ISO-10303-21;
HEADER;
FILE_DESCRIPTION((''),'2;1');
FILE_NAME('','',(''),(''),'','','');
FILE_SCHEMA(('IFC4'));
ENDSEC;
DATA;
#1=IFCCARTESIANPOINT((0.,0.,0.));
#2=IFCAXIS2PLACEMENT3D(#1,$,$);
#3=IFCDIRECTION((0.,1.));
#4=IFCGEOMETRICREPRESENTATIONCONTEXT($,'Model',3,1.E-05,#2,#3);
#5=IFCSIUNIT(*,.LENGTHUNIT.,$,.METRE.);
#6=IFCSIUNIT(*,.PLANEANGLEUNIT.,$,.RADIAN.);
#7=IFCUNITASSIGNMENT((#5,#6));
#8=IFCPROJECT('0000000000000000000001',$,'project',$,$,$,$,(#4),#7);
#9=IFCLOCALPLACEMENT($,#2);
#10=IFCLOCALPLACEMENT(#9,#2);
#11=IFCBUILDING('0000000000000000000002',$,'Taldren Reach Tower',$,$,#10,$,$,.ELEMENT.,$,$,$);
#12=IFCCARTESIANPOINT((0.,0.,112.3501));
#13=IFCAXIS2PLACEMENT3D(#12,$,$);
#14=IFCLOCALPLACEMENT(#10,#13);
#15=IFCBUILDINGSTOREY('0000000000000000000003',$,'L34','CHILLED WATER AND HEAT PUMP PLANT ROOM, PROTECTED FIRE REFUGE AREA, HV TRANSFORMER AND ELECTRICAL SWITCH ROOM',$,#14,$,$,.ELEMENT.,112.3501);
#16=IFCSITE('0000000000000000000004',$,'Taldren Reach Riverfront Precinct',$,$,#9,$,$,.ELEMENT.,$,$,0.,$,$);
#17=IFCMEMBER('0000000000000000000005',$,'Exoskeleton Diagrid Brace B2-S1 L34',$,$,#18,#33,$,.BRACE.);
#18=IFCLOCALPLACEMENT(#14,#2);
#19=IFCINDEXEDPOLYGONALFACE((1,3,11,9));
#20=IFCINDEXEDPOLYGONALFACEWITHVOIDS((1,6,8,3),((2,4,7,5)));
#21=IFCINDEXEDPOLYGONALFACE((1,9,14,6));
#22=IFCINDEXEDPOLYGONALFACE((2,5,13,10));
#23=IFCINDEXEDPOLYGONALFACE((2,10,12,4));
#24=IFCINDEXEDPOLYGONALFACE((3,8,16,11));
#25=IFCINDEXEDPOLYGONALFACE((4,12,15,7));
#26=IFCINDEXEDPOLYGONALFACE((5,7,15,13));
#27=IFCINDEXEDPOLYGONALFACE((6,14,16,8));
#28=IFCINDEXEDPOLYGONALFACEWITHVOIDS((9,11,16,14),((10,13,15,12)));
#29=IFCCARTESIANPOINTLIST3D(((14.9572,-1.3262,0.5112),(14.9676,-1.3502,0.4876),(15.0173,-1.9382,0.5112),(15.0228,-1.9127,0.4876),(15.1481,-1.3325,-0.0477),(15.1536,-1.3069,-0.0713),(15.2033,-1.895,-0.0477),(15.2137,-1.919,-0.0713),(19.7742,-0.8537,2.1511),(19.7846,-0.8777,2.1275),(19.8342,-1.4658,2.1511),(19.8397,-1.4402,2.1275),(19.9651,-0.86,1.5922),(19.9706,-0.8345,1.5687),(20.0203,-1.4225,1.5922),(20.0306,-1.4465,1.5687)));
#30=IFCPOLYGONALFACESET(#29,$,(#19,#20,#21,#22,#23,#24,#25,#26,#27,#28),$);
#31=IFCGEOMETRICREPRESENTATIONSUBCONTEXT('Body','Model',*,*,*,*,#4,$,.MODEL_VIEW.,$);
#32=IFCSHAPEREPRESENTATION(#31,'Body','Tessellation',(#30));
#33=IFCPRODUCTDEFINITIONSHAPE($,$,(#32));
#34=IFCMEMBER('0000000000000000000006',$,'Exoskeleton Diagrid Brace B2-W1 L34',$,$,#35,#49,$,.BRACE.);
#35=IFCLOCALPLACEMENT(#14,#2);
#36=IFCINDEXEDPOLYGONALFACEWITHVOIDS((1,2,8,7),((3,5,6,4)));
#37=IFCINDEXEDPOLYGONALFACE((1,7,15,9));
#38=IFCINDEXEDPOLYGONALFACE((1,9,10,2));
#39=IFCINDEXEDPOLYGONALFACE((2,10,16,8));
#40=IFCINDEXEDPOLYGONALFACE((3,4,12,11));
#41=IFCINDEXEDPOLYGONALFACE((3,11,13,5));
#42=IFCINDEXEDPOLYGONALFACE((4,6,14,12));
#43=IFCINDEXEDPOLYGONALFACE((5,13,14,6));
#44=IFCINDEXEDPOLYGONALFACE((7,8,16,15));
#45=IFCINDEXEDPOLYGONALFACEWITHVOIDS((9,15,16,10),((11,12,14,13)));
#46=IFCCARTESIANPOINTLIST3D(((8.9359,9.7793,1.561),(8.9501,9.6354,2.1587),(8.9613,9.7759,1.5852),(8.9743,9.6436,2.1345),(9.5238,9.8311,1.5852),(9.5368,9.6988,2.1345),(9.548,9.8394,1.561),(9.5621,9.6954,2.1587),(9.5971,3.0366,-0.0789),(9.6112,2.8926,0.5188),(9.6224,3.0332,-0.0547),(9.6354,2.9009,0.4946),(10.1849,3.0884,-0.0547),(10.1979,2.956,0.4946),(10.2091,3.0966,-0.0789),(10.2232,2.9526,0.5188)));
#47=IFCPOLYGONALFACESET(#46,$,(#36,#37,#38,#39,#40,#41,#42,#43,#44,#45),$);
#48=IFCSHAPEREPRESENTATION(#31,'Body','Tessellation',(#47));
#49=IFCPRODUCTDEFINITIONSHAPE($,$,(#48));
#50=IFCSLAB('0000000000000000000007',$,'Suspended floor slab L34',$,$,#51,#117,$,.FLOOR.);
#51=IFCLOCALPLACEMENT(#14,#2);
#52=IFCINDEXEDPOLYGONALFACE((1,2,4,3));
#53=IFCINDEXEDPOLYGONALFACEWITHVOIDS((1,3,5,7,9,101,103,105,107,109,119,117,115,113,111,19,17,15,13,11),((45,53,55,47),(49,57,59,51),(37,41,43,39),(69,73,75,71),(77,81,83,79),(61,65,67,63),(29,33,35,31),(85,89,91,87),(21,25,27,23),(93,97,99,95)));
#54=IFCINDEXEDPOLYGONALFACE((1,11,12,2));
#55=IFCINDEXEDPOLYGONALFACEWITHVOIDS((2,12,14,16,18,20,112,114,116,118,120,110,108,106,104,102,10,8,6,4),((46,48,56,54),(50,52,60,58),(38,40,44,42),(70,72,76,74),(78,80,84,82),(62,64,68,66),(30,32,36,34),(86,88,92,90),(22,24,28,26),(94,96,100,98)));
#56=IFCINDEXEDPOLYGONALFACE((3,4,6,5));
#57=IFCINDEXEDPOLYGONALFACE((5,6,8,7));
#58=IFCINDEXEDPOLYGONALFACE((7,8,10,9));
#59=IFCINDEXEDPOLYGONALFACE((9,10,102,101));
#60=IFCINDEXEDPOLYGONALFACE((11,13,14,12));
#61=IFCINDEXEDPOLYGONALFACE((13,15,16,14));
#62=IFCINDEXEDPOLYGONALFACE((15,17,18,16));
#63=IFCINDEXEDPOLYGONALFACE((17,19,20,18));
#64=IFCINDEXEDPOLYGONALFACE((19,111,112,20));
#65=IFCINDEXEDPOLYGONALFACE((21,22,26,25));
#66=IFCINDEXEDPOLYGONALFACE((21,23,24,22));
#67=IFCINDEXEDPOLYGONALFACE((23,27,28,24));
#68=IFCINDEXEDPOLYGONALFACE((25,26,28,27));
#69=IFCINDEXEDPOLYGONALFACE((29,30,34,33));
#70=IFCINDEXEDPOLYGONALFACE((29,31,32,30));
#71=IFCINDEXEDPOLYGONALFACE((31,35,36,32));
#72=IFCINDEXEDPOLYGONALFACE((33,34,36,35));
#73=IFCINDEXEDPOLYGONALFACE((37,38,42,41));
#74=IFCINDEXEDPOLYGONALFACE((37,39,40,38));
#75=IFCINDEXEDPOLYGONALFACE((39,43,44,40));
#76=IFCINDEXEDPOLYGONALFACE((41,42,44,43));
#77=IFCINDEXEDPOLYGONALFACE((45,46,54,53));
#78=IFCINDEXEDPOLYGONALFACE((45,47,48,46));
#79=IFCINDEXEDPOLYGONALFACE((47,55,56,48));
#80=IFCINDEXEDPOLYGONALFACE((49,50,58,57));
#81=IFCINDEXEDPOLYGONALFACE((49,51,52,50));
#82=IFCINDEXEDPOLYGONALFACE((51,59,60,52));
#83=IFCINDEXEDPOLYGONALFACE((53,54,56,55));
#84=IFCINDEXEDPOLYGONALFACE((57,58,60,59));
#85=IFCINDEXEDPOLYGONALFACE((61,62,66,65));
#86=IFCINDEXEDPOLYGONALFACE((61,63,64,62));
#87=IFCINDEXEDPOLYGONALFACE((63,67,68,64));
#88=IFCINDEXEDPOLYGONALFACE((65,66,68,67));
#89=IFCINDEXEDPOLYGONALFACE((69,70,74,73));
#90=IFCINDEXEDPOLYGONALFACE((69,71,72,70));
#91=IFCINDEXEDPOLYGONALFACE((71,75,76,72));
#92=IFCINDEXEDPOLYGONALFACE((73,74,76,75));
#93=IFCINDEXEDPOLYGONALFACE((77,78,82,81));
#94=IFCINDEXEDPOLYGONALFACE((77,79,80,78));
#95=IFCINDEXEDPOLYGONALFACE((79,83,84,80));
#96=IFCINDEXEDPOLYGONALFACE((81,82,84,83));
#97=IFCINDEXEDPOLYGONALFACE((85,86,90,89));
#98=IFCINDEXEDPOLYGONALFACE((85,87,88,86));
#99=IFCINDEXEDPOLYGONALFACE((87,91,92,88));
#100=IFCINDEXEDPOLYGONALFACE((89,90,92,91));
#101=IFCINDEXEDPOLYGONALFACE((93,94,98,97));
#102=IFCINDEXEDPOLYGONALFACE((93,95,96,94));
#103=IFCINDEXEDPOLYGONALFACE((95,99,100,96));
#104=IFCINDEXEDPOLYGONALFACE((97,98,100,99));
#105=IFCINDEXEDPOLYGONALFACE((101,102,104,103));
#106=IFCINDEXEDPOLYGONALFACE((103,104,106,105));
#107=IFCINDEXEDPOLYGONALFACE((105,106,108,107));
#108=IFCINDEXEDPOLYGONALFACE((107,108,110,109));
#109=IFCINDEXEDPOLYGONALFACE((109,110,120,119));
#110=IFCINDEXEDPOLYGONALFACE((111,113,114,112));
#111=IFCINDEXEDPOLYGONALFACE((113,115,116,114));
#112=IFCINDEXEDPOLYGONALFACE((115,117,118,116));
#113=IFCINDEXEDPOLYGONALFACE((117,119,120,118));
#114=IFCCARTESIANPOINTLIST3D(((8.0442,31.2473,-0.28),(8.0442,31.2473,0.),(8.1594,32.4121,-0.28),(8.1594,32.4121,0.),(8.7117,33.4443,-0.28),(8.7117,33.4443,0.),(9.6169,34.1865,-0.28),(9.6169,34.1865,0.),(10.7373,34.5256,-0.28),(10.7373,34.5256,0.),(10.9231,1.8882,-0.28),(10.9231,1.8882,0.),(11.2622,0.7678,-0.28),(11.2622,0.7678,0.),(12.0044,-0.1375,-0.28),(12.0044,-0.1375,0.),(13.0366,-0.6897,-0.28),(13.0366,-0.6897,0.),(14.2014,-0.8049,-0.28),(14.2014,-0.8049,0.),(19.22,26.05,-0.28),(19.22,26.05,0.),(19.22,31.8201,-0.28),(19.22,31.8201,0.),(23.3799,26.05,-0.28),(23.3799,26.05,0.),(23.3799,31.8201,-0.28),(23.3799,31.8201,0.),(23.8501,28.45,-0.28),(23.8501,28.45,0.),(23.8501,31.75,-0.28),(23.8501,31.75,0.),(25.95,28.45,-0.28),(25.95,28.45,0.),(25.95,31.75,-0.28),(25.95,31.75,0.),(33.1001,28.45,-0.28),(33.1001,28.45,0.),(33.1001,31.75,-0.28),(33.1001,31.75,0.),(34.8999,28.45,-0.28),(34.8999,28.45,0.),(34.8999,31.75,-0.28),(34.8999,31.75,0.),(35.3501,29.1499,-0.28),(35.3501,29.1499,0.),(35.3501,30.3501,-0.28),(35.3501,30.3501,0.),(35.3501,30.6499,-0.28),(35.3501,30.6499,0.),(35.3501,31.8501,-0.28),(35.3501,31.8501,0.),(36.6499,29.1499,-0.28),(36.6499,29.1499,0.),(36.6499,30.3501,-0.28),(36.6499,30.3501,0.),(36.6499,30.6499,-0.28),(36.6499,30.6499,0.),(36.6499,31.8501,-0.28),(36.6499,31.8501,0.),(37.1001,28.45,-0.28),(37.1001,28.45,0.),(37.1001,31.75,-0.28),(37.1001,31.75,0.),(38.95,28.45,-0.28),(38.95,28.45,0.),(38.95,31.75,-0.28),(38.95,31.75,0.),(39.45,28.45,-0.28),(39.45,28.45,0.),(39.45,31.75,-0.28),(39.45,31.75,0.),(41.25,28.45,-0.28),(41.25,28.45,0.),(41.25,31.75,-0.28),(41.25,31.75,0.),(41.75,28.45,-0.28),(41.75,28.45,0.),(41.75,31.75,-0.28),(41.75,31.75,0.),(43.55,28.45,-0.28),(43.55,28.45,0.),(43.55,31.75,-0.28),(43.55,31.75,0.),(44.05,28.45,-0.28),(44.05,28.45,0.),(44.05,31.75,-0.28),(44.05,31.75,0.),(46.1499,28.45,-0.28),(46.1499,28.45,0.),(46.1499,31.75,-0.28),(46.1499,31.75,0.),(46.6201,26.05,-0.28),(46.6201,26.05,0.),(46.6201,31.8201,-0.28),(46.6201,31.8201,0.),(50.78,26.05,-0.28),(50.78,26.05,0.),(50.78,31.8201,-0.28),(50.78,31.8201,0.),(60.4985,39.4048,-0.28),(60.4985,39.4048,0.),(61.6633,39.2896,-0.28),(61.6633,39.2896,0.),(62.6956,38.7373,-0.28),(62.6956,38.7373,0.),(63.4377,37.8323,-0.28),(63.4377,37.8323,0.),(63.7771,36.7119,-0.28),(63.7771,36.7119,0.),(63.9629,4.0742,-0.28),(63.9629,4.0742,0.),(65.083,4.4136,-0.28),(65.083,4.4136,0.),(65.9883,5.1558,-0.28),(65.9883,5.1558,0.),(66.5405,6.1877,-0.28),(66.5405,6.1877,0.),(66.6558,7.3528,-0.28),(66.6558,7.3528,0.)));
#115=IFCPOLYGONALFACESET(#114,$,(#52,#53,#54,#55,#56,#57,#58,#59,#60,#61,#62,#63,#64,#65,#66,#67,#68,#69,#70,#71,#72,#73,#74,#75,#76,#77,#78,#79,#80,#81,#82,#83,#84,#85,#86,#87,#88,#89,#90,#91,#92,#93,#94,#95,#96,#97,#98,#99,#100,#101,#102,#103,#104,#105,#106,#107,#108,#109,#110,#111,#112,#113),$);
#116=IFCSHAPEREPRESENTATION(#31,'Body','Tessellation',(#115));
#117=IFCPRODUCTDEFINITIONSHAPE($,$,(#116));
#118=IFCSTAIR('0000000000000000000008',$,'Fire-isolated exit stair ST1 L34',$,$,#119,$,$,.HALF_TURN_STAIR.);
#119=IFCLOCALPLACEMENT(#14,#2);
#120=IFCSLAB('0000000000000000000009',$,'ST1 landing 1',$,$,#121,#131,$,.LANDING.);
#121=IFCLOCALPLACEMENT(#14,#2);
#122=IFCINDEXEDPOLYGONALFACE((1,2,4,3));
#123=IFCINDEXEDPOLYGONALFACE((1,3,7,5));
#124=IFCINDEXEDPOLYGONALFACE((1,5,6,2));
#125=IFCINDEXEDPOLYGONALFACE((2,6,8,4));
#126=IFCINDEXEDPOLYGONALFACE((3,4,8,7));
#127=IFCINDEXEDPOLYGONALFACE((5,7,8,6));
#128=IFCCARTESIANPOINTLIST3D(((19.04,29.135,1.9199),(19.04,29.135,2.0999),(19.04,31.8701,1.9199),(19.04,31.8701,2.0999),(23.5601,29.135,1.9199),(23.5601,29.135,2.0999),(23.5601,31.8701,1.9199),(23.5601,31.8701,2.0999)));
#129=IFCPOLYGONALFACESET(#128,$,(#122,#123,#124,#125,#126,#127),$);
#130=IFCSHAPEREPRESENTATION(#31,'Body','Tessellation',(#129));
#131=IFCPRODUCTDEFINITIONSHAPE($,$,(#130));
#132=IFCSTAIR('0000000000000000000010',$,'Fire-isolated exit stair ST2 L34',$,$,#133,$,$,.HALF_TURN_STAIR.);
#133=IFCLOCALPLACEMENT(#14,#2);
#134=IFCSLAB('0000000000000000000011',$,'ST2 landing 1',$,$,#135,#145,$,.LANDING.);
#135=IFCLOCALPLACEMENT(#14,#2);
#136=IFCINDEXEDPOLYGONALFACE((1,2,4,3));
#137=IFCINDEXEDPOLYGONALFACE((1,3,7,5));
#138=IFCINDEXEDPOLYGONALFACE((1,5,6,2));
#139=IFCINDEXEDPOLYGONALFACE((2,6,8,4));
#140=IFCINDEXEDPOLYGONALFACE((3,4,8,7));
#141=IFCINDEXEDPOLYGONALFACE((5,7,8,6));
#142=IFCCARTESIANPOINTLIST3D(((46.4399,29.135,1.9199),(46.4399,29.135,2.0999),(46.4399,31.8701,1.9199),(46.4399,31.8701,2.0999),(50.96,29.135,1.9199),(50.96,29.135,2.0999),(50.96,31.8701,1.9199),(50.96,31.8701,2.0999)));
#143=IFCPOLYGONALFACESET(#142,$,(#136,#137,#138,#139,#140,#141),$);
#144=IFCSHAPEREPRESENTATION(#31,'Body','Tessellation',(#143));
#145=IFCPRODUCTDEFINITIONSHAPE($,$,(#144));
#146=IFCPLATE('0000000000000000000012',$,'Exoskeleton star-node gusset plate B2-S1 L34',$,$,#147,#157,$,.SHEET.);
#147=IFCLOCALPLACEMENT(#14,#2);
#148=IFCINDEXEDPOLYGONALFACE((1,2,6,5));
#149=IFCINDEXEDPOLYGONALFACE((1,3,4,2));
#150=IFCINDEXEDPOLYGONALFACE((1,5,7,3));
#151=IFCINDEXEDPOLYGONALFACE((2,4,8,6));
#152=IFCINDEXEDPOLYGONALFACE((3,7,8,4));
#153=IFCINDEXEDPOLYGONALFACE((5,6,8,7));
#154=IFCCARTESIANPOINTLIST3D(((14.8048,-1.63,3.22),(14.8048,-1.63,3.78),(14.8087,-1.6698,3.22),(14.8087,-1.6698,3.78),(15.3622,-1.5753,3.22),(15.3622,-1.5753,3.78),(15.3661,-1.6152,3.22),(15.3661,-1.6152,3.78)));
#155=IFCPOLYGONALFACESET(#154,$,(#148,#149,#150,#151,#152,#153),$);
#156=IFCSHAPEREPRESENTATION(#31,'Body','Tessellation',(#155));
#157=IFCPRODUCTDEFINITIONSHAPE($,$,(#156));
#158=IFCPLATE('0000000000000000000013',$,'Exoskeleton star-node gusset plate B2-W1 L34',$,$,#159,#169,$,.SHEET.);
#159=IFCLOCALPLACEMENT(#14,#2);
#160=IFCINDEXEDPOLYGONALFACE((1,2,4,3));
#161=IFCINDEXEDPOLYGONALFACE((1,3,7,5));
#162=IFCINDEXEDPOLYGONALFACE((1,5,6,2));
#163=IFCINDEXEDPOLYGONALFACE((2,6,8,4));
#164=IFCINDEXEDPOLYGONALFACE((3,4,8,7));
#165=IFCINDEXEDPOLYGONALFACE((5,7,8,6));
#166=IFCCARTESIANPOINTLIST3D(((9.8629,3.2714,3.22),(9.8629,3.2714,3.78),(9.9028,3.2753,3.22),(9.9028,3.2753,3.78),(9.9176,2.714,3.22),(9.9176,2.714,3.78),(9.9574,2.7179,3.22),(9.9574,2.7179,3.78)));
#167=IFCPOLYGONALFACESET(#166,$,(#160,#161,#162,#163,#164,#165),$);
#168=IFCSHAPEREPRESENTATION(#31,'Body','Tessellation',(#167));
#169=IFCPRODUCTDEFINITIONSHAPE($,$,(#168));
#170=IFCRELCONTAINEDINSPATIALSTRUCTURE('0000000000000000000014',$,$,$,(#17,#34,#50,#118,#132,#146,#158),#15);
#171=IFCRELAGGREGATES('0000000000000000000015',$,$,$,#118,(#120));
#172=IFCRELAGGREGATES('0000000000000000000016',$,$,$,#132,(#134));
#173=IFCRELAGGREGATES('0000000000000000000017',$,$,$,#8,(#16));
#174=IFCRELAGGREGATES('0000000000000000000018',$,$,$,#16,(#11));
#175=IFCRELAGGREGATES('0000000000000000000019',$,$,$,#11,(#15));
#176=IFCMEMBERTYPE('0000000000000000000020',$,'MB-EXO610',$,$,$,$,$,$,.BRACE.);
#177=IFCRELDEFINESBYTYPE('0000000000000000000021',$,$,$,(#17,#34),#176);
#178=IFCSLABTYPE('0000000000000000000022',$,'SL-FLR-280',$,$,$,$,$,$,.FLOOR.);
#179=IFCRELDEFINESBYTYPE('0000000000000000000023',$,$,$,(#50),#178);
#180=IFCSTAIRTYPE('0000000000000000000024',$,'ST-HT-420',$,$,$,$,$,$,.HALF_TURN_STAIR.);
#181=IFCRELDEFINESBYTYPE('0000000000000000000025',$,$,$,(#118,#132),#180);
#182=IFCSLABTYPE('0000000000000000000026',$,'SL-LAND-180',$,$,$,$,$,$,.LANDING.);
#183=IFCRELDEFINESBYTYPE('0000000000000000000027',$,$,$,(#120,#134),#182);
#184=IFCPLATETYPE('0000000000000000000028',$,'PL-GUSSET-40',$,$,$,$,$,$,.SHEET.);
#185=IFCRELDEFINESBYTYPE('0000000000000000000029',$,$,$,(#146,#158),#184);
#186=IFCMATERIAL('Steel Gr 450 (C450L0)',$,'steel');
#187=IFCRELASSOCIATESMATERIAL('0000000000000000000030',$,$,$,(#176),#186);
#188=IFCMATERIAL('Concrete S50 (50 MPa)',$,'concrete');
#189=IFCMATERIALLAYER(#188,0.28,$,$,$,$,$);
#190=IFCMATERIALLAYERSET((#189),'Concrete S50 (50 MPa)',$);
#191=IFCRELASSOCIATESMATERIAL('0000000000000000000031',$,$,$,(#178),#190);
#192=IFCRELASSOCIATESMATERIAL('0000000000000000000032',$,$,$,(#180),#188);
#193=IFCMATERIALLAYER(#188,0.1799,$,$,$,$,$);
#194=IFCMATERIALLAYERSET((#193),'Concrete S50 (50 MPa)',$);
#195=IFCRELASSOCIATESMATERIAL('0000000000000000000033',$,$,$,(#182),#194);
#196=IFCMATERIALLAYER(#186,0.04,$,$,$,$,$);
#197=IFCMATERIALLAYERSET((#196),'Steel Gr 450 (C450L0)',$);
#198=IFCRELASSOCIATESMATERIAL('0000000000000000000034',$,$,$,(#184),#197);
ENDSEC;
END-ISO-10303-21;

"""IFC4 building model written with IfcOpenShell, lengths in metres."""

from ifc_helpers import new_model, si_unit, direction, frame, origin, origin_2d, place, context, subcontext, project, spatial, polyline, rectangle, hollow_rectangle, outline, extrude, source, transform, mapped, material, layer, layer_set, material_profile, profile_set, type_object, element, aggregate, save


model = new_model("IFC4")

# Units and contexts
model_context = context("Model", 3, precision=1e-05, world=origin(), true_north=direction((0.0, 1.0)))
body_context = subcontext(model_context, "Body", "Model", "MODEL_VIEW")
ifc_project = project(units=[si_unit("LENGTHUNIT", "METRE"), si_unit("PLANEANGLEUNIT", "RADIAN")], contexts=[model_context])

# Site, building, storey
site_placement = place(None, origin())
site = spatial("IfcSite", under=ifc_project, at=site_placement, Name="Taldren Reach Riverfront Precinct", CompositionType="ELEMENT", RefElevation=0.0)
building_placement = place(site_placement, origin())
building = spatial("IfcBuilding", under=site, at=building_placement, Name="Taldren Reach Tower", CompositionType="ELEMENT")
storey_placement = place(building_placement, frame((0.0, 0.0, 112.3501)))
storey = spatial("IfcBuildingStorey", under=building, at=storey_placement, Name="L34", Description="CHILLED WATER AND HEAT PUMP PLANT ROOM, PROTECTED FIRE REFUGE AREA, HV TRANSFORMER AND ELECTRICAL SWITCH ROOM", CompositionType="ELEMENT", Elevation=112.3501)

# Shared definitions
ifc_material_1 = material(Name="Steel Gr 450 (C450L0)", Category="steel")

# Members
ifc_material_profile_1 = material_profile(ifc_material_1, hollow_rectangle(XDim=0.615, YDim=0.615, WallThickness=0.0249, at=origin_2d()), Name="615x615x25.0SHS")
ifc_profile_set_1 = profile_set([ifc_material_profile_1], Name="Steel Gr 450 (C450L0)")
member_type_1 = type_object("IfcMemberType", Name="MB-EXO610", PredefinedType="BRACE", material=ifc_profile_set_1)
shared_shape_1 = source(origin(), body_context, "Body", "SweptSolid", [
    extrude(hollow_rectangle(XDim=0.615, YDim=0.615, WallThickness=0.0249, at=origin_2d()), origin(), (0.0, 0.0, 1.0), 5.1104),
])
member_1_placement = place(storey_placement, frame((15.0854, -1.6226, 0.22), z_axis=(0.94259, 0.092444, 0.320901), x_axis=(-0.097606, 0.995225, 0.0)))
element("IfcMember", 1, at=member_1_placement, inside=storey, type_object=member_type_1, Name="Exoskeleton Diagrid Brace B2-S1 L34", PredefinedType="BRACE", context=body_context, shape_type="MappedRepresentation", body=[
    mapped(shared_shape_1, transform((0.0, 0.0, 0.0), scale=1.0)),
])
shared_shape_2 = source(origin(), body_context, "Body", "SweptSolid", [
    extrude(hollow_rectangle(XDim=0.615, YDim=0.615, WallThickness=0.0249, at=origin_2d()), origin(), (0.0, 0.0, 1.0), 6.9707),
])
member_2_placement = place(storey_placement, frame((9.9102, 2.9946, 0.22), z_axis=(-0.094845, 0.967295, 0.235257), x_axis=(-0.995227, -0.097584, 0.0)))
element("IfcMember", 2, at=member_2_placement, inside=storey, type_object=member_type_1, Name="Exoskeleton Diagrid Brace B2-W1 L34", PredefinedType="BRACE", context=body_context, shape_type="MappedRepresentation", body=[
    mapped(shared_shape_2, transform((0.0, 0.0, 0.0), scale=1.0)),
])

# Slab
ifc_material_2 = material(Name="Concrete S50 (50 MPa)", Category="concrete")
ifc_layer_1 = layer(ifc_material_2, 0.28)
ifc_layer_set_1 = layer_set([ifc_layer_1], Name="Concrete S50 (50 MPa)")
slab_type_1 = type_object("IfcSlabType", Name="SL-FLR-280", PredefinedType="FLOOR", material=ifc_layer_set_1)
slab_1_placement = place(storey_placement, frame((0.0, 0.0, -0.28)))
element("IfcSlab", 3, at=slab_1_placement, inside=storey, type_object=slab_type_1, Name="Suspended floor slab L34", PredefinedType="FLOOR", context=body_context, shape_type="SweptSolid", body=[
    extrude(outline(polyline([(63.9629, 4.0742), (65.083, 4.4136), (65.9883, 5.1558), (66.5405, 6.1877), (66.6558, 7.3528), (63.7771, 36.7119), (63.4377, 37.8323), (62.6956, 38.7373), (61.6633, 39.2896), (60.4985, 39.4048), (10.7373, 34.5256), (9.6169, 34.1865), (8.7117, 33.4443), (8.1594, 32.4121), (8.0442, 31.2473), (10.9231, 1.8882), (11.2622, 0.7678), (12.0044, -0.1375), (13.0366, -0.6897), (14.2014, -0.8049), (63.9629, 4.0742)]), holes=[polyline([(19.22, 26.05), (23.3799, 26.05), (23.3799, 31.8201), (19.22, 31.8201), (19.22, 26.05)]), polyline([(46.6201, 26.05), (50.78, 26.05), (50.78, 31.8201), (46.6201, 31.8201), (46.6201, 26.05)]), polyline([(23.8501, 28.45), (25.95, 28.45), (25.95, 31.75), (23.8501, 31.75), (23.8501, 28.45)]), polyline([(44.05, 28.45), (46.1499, 28.45), (46.1499, 31.75), (44.05, 31.75), (44.05, 28.45)]), polyline([(33.1001, 28.45), (34.8999, 28.45), (34.8999, 31.75), (33.1001, 31.75), (33.1001, 28.45)]), polyline([(37.1001, 28.45), (38.95, 28.45), (38.95, 31.75), (37.1001, 31.75), (37.1001, 28.45)]), polyline([(39.45, 28.45), (41.25, 28.45), (41.25, 31.75), (39.45, 31.75), (39.45, 28.45)]), polyline([(41.75, 28.45), (43.55, 28.45), (43.55, 31.75), (41.75, 31.75), (41.75, 28.45)]), polyline([(35.3501, 30.6499), (36.6499, 30.6499), (36.6499, 31.8501), (35.3501, 31.8501), (35.3501, 30.6499)]), polyline([(35.3501, 29.1499), (36.6499, 29.1499), (36.6499, 30.3501), (35.3501, 30.3501), (35.3501, 29.1499)])]), origin(), (0.0, 0.0, 1.0), 0.28),
])

# Stairs, slabs
stair_type = type_object("IfcStairType", Name="ST-HT-420", PredefinedType="HALF_TURN_STAIR", material=ifc_material_2)
stair_1_placement = place(storey_placement, origin())
stair_1 = element("IfcStair", 4, at=stair_1_placement, inside=storey, type_object=stair_type, Name="Fire-isolated exit stair ST1 L34", PredefinedType="HALF_TURN_STAIR")
ifc_layer_2 = layer(ifc_material_2, 0.1799)
ifc_layer_set_2 = layer_set([ifc_layer_2], Name="Concrete S50 (50 MPa)")
slab_type_2 = type_object("IfcSlabType", Name="SL-LAND-180", PredefinedType="LANDING", material=ifc_layer_set_2)
slab_2_placement = place(storey_placement, frame((0.0, 0.0, 1.9199)))
slab_2 = element("IfcSlab", 5, at=slab_2_placement, type_object=slab_type_2, Name="ST1 landing 1", PredefinedType="LANDING", context=body_context, shape_type="SweptSolid", body=[
    extrude(outline(polyline([(19.04, 29.135), (23.5601, 29.135), (23.5601, 31.8701), (19.04, 31.8701), (19.04, 29.135)])), origin(), (0.0, 0.0, 1.0), 0.1799),
])
aggregate(stair_1, [slab_2])
stair_2_placement = place(storey_placement, origin())
stair_2 = element("IfcStair", 6, at=stair_2_placement, inside=storey, type_object=stair_type, Name="Fire-isolated exit stair ST2 L34", PredefinedType="HALF_TURN_STAIR")
slab_3_placement = place(storey_placement, frame((0.0, 0.0, 1.9199)))
slab_3 = element("IfcSlab", 7, at=slab_3_placement, type_object=slab_type_2, Name="ST2 landing 1", PredefinedType="LANDING", context=body_context, shape_type="SweptSolid", body=[
    extrude(outline(polyline([(46.4399, 29.135), (50.96, 29.135), (50.96, 31.8701), (46.4399, 31.8701), (46.4399, 29.135)])), origin(), (0.0, 0.0, 1.0), 0.1799),
])
aggregate(stair_2, [slab_3])

# Plates
ifc_layer_3 = layer(ifc_material_1, 0.04)
ifc_layer_set_3 = layer_set([ifc_layer_3], Name="Steel Gr 450 (C450L0)")
plate_type = type_object("IfcPlateType", Name="PL-GUSSET-40", PredefinedType="SHEET", material=ifc_layer_set_3)
shared_shape_3 = source(origin(), body_context, "Body", "SweptSolid", [
    extrude(rectangle(XDim=0.5601, YDim=0.04, at=origin_2d()), origin(), (0.0, 0.0, 1.0), 0.5601),
])
for number, where, z_axis, x_axis, name in (
    (8, (15.0854, -1.6226, 3.22), (0.0, 0.0, 1.0), (0.995227, 0.097583, 0.0), "Exoskeleton star-node gusset plate B2-S1 L34"),
    (9, (9.9102, 2.9946, 3.22), (0.0, 0.0, 1.0), (-0.097583, 0.995227, 0.0), "Exoskeleton star-node gusset plate B2-W1 L34"),
):
    element("IfcPlate", number, at=place(storey_placement, frame(where, z_axis=z_axis, x_axis=x_axis)), inside=storey, type_object=plate_type, Name=name, PredefinedType="SHEET", context=body_context, shape_type="MappedRepresentation", body=[
        mapped(shared_shape_3, transform((0.0, 0.0, 0.0), scale=1.0)),
    ])

save(model, "model.ifc")
